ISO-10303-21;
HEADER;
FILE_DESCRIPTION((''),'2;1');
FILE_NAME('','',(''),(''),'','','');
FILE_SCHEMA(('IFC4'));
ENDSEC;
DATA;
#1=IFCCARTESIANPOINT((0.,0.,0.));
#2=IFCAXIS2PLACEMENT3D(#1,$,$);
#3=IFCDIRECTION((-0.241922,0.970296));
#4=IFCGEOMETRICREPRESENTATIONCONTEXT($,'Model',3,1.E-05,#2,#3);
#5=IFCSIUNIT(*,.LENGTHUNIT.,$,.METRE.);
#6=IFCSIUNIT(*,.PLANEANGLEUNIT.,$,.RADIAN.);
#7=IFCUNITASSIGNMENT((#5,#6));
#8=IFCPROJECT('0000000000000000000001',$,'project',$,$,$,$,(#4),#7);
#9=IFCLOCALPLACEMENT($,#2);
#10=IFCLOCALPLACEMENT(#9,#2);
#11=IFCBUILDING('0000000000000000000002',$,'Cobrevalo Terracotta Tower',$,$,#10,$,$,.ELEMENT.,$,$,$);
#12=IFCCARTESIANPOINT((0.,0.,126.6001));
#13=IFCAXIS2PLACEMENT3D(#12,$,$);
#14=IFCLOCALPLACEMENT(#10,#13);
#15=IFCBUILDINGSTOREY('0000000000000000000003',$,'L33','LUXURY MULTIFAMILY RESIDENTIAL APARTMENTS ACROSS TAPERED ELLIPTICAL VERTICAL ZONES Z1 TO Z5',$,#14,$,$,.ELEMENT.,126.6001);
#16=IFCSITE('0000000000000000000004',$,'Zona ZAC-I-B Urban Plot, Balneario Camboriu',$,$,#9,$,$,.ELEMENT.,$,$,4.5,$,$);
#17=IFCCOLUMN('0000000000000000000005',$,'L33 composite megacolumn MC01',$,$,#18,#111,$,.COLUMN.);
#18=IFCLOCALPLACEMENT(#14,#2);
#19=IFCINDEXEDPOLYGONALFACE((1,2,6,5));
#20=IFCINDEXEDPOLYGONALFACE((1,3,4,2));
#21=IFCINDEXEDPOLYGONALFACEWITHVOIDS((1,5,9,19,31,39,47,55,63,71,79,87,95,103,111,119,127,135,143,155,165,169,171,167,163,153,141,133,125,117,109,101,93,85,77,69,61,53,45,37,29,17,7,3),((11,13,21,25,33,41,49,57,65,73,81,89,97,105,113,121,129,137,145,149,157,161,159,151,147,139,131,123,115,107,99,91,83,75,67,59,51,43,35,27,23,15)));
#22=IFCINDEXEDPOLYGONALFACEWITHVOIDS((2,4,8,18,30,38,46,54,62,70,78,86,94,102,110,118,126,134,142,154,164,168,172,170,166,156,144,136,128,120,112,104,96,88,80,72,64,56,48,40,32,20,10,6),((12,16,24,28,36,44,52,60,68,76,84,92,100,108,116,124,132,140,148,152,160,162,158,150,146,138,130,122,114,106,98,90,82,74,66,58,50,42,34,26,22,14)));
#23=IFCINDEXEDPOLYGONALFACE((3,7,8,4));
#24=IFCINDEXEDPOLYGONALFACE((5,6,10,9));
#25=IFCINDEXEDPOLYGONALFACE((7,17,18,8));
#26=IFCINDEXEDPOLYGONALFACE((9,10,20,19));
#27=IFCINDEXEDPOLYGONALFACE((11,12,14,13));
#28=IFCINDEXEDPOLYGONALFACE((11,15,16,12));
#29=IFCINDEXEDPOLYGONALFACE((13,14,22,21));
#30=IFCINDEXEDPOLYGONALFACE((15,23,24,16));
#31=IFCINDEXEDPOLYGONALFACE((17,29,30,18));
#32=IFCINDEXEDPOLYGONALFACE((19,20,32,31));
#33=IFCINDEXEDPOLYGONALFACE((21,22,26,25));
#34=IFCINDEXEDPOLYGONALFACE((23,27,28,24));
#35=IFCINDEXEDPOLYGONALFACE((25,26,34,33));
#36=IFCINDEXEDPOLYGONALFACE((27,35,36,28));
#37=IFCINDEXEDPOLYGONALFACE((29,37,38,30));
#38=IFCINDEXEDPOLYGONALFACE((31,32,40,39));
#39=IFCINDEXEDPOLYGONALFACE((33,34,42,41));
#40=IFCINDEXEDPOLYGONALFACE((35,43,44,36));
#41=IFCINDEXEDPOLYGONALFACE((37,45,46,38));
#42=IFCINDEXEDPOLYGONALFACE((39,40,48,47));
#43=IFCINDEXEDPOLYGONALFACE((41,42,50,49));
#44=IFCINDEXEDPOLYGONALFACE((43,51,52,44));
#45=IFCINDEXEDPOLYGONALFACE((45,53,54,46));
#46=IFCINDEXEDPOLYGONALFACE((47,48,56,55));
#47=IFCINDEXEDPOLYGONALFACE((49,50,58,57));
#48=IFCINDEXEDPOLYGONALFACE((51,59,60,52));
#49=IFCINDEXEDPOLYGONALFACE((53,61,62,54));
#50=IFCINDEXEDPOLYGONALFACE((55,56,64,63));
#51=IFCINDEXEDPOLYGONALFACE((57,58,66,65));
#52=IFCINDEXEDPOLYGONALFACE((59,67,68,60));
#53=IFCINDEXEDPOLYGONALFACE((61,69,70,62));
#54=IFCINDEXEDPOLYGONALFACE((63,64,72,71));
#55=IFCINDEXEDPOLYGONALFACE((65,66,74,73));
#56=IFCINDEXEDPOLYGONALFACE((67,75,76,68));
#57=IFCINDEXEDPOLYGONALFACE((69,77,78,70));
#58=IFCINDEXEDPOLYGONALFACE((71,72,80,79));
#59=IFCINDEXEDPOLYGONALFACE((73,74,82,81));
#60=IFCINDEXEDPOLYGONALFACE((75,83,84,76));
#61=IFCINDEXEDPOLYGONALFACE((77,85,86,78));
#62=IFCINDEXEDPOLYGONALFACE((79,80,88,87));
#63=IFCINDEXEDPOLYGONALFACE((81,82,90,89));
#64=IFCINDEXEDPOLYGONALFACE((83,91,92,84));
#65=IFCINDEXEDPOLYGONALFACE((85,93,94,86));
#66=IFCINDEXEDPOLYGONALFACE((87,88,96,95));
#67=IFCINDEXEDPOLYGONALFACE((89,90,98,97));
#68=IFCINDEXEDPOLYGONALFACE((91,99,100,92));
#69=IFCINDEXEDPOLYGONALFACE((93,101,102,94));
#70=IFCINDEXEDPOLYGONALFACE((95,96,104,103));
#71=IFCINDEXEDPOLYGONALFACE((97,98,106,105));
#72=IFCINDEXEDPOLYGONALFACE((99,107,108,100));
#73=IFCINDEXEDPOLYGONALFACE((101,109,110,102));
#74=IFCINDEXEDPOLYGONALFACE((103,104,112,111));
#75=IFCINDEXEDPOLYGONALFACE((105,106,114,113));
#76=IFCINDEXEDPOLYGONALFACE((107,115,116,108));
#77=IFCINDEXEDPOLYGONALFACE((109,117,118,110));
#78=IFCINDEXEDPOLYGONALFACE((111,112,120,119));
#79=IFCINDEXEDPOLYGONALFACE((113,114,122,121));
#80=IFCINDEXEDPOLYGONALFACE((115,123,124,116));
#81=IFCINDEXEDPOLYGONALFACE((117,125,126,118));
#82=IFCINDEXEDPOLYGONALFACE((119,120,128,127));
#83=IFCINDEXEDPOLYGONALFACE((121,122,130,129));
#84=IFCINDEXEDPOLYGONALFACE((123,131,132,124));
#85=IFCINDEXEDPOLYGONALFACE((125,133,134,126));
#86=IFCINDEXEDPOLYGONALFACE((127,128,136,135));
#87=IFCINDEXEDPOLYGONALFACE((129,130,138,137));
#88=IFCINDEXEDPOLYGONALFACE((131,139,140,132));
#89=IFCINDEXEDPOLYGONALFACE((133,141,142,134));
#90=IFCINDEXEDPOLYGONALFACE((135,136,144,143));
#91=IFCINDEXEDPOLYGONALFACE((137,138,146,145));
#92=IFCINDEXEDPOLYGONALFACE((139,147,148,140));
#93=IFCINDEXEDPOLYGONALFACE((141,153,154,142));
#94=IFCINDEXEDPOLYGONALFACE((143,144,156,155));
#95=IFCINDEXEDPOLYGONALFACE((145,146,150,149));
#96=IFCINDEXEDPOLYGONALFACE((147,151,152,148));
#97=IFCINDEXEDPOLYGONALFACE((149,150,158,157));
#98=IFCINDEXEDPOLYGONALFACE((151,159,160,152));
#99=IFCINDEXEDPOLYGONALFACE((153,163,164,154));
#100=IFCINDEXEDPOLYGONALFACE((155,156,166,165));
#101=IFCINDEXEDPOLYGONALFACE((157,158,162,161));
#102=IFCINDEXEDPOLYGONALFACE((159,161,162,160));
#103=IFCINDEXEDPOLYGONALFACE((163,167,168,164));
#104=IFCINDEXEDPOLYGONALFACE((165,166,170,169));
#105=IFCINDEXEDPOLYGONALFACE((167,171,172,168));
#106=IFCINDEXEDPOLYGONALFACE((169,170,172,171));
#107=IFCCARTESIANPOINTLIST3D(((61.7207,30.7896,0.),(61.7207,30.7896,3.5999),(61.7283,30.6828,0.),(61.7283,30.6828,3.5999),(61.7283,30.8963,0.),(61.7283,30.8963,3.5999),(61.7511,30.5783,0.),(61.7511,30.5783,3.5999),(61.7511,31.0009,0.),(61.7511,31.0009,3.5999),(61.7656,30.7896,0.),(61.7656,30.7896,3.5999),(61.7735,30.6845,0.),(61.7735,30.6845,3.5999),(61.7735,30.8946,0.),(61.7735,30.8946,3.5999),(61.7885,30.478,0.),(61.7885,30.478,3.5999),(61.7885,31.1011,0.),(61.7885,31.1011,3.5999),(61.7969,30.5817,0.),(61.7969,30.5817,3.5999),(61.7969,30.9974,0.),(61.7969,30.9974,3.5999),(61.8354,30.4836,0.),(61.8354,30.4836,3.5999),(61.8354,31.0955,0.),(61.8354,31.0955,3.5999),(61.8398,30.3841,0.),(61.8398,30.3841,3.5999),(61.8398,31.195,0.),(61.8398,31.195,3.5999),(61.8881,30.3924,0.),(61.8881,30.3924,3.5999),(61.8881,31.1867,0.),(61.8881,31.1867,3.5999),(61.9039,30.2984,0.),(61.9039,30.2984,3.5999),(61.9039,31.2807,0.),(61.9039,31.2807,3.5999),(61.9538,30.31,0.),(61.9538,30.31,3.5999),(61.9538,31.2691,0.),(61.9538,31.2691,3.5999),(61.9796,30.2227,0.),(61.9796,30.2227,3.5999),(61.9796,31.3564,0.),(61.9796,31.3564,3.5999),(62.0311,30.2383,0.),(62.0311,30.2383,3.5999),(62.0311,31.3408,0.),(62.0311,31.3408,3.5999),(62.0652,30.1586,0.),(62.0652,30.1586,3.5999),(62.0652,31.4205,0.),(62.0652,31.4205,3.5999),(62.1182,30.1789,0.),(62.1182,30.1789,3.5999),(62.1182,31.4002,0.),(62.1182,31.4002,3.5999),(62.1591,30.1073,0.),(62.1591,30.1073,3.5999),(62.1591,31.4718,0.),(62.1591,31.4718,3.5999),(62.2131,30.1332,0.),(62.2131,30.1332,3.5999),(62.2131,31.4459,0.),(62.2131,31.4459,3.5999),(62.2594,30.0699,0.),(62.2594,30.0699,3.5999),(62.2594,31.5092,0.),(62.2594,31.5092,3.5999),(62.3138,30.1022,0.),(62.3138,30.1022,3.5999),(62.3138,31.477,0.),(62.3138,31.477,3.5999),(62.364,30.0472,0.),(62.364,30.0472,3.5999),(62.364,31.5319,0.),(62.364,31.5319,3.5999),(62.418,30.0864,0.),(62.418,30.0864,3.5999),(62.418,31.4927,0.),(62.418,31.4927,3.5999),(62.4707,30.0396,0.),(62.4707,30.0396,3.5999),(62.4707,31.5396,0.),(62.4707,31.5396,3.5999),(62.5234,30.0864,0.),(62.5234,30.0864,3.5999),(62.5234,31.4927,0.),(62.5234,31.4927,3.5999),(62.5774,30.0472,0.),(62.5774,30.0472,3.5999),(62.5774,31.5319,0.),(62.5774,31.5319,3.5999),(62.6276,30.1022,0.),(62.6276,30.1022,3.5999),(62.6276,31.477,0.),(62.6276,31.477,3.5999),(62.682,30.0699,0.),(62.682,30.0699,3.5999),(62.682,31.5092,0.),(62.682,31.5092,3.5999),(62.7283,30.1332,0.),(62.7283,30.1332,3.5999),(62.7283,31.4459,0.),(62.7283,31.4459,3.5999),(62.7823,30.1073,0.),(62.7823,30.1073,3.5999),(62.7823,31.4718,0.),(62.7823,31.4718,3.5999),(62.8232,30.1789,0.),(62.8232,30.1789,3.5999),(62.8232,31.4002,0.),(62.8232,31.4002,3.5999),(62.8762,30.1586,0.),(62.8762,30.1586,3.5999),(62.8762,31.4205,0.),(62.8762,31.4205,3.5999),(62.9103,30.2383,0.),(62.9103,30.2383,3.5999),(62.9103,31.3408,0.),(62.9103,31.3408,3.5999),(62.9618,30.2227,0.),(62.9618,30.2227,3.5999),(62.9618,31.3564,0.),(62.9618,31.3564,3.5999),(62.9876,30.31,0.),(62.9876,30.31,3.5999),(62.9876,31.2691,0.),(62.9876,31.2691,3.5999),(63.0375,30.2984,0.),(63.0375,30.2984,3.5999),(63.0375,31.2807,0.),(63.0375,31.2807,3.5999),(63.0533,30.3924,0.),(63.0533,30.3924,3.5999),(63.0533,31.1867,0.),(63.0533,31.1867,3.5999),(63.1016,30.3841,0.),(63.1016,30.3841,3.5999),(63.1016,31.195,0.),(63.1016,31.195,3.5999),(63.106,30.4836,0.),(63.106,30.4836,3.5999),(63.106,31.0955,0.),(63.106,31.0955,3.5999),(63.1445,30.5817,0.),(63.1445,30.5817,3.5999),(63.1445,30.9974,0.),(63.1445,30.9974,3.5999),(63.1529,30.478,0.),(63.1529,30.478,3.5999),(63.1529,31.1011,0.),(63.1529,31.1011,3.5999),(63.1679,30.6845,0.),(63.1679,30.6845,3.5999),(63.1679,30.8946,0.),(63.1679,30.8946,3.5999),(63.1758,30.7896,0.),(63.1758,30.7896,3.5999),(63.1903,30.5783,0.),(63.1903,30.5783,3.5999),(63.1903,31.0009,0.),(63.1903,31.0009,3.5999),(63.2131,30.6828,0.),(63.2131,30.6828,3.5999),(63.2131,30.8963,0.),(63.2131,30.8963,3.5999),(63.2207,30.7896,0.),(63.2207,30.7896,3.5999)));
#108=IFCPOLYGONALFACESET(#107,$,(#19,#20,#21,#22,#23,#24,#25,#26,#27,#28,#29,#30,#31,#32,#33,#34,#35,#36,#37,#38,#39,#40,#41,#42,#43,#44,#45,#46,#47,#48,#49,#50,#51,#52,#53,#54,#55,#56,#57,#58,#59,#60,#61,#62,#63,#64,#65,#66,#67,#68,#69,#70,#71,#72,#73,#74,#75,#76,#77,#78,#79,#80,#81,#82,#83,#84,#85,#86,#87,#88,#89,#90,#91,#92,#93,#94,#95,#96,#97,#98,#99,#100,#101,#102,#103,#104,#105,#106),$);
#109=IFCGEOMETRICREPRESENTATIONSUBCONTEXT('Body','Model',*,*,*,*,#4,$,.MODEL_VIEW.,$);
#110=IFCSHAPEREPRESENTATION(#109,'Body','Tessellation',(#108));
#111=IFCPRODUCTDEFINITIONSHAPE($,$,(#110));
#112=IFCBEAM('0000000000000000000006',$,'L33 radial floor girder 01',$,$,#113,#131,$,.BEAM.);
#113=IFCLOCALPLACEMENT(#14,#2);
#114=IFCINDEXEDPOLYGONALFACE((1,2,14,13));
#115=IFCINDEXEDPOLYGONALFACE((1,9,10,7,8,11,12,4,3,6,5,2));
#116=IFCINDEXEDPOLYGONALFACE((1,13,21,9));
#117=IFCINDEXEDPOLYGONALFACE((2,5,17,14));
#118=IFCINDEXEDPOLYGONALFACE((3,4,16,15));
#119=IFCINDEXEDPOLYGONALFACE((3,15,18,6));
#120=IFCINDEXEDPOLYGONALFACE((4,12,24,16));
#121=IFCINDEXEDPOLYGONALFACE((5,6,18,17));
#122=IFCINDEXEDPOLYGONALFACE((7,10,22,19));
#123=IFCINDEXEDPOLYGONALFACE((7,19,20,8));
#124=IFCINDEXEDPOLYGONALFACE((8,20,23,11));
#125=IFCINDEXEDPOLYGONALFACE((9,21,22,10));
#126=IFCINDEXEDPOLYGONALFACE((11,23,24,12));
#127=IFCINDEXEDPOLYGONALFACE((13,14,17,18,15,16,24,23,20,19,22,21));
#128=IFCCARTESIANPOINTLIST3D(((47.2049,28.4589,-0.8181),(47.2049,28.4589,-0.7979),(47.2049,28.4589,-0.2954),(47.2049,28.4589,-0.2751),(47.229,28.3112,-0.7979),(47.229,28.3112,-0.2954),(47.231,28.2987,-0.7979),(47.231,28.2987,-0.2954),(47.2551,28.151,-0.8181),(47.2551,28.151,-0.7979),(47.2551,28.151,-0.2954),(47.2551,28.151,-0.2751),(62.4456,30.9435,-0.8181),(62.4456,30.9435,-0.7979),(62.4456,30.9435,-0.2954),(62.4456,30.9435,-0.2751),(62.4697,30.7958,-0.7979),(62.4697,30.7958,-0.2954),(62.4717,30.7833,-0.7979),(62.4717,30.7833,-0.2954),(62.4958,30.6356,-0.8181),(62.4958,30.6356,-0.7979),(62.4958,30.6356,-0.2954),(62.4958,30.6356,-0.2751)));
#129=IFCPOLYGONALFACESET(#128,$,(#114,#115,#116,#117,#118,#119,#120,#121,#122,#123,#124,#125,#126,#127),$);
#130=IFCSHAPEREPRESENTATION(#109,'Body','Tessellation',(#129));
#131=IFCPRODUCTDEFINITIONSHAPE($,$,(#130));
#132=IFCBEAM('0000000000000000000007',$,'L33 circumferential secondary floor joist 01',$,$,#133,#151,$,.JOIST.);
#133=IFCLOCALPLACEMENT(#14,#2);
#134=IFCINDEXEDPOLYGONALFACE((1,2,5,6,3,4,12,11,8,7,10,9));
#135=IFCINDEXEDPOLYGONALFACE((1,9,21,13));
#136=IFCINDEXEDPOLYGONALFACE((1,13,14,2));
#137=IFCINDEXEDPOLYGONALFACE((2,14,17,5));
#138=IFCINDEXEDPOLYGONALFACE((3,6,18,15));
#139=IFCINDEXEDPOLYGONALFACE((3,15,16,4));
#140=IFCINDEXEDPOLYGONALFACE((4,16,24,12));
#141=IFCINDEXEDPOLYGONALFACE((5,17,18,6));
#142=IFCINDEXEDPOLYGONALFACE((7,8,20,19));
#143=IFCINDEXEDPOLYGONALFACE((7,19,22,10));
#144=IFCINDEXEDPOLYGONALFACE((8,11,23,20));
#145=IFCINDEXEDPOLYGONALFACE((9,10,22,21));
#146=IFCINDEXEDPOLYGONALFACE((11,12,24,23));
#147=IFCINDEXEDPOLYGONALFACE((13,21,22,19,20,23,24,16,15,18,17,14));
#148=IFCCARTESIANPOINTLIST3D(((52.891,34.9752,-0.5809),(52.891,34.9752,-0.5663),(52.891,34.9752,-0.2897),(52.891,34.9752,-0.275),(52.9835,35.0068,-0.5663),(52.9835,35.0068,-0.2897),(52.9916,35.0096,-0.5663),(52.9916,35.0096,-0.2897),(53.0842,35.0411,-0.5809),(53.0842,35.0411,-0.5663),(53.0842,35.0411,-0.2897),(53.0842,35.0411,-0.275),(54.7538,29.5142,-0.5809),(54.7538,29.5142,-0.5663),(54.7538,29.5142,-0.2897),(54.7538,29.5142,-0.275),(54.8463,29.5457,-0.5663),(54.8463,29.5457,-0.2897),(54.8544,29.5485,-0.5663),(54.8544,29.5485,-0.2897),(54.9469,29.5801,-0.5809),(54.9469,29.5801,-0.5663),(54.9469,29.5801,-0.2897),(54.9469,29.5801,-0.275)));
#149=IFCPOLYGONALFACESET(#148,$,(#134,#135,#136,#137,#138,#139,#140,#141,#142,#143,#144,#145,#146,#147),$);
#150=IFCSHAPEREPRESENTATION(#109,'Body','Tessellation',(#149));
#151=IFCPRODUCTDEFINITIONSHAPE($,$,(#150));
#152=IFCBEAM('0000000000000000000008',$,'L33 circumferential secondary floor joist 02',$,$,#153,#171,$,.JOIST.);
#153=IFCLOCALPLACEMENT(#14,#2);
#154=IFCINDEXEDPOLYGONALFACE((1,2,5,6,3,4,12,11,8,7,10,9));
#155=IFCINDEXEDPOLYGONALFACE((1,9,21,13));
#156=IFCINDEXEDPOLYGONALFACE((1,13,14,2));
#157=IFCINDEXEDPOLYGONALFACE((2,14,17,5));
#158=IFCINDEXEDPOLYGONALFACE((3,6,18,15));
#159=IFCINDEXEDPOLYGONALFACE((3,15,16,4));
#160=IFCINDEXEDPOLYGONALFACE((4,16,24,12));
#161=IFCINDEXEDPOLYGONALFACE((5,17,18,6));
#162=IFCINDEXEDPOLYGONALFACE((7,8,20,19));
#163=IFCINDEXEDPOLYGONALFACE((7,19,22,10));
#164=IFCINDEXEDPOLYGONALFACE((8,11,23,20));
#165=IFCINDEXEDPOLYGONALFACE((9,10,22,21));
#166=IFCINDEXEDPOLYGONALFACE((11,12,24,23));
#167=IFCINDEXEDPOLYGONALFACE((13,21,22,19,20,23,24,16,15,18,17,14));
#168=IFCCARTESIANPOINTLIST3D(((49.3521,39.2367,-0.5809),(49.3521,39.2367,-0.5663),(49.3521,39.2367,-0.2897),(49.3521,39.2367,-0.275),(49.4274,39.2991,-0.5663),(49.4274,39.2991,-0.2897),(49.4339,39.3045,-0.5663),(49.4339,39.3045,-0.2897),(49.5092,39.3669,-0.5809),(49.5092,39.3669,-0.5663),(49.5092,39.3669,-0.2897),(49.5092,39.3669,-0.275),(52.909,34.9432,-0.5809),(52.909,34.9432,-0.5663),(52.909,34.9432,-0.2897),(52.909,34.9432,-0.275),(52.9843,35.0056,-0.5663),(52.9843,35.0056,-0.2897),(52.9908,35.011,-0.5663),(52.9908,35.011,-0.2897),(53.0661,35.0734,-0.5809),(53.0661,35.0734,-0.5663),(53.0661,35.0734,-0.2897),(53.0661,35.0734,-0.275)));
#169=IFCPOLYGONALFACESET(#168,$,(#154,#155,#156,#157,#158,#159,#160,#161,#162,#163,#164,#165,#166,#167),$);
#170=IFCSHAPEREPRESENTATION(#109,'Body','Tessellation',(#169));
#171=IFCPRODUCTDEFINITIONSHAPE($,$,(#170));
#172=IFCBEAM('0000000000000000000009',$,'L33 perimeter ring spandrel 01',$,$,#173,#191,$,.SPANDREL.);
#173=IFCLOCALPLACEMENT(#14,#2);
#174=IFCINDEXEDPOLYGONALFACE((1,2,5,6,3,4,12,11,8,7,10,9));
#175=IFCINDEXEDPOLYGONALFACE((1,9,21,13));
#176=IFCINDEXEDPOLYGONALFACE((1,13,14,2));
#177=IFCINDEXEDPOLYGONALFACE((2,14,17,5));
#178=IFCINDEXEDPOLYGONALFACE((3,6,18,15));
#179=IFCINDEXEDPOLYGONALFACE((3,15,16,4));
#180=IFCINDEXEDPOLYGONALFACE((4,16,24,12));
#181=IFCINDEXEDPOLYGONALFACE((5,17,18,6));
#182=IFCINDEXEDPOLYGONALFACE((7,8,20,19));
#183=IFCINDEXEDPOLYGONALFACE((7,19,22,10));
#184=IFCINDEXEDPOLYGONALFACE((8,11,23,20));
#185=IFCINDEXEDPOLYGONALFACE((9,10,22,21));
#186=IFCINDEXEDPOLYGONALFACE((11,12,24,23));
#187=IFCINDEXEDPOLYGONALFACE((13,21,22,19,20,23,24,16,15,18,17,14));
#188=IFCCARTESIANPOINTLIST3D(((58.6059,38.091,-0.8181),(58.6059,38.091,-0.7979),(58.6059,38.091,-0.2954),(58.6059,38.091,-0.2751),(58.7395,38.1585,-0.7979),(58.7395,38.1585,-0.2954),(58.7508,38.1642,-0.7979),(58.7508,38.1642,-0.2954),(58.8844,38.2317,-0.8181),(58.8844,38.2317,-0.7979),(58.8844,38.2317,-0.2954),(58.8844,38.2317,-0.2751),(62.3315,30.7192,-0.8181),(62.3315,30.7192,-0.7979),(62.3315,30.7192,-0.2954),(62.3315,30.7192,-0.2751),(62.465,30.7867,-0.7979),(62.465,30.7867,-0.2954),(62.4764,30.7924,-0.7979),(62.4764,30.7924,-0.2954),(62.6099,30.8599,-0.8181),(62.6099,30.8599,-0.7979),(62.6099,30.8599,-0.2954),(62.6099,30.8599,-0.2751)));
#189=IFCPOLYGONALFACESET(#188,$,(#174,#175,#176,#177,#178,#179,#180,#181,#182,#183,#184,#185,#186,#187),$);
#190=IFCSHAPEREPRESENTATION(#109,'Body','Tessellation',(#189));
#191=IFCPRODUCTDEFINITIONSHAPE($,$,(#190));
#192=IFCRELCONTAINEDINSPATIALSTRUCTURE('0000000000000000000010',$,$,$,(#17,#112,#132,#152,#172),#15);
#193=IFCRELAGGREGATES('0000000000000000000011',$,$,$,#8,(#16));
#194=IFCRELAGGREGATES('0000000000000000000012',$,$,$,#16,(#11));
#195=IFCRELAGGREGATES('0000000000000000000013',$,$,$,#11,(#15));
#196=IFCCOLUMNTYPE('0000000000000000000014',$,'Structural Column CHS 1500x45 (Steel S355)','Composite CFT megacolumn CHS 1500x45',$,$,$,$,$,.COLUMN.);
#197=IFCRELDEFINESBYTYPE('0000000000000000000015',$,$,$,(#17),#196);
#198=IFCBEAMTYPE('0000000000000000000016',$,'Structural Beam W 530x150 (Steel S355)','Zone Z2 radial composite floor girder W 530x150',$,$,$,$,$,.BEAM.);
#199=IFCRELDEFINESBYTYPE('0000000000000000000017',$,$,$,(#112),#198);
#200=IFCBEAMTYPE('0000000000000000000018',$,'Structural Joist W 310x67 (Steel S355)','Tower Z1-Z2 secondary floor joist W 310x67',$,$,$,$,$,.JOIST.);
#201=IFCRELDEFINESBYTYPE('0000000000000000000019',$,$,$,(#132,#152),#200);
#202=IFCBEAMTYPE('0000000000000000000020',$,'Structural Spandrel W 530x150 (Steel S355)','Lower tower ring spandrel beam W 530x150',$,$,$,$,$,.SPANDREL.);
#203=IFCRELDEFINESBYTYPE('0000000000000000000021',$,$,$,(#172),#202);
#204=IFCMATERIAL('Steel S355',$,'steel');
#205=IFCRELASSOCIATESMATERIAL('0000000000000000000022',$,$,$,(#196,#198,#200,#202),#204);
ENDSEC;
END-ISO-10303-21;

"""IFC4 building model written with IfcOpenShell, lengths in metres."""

from ifc_helpers import new_model, si_unit, direction, frame, origin, origin_2d, place, context, subcontext, project, spatial, hollow_circle, i_section, extrude, material, material_profile, profile_set, type_object, element, save


model = new_model("IFC4")

# Units and contexts
model_context = context("Model", 3, precision=1e-05, world=origin(), true_north=direction((-0.241922, 0.970296)))
body_context = subcontext(model_context, "Body", "Model", "MODEL_VIEW")
ifc_project = project(units=[si_unit("LENGTHUNIT", "METRE"), si_unit("PLANEANGLEUNIT", "RADIAN")], contexts=[model_context])

# Site, building, storey
site_placement = place(None, origin())
site = spatial("IfcSite", under=ifc_project, at=site_placement, Name="Zona ZAC-I-B Urban Plot, Balneario Camboriu", CompositionType="ELEMENT", RefElevation=4.5)
building_placement = place(site_placement, origin())
building = spatial("IfcBuilding", under=site, at=building_placement, Name="Cobrevalo Terracotta Tower", CompositionType="ELEMENT")
storey_placement = place(building_placement, frame((0.0, 0.0, 126.6001)))
storey = spatial("IfcBuildingStorey", under=building, at=storey_placement, Name="L33", Description="LUXURY MULTIFAMILY RESIDENTIAL APARTMENTS ACROSS TAPERED ELLIPTICAL VERTICAL ZONES Z1 TO Z5", CompositionType="ELEMENT", Elevation=126.6001)

# Column
ifc_material_1 = material(Name="Steel S355", Category="steel")
ifc_material_profile_1 = material_profile(ifc_material_1, hollow_circle(Radius=0.75, WallThickness=0.0449, at=origin_2d()), Name="CHS 1500x45")
ifc_profile_set_1 = profile_set([ifc_material_profile_1], Name="Steel S355")
column_type = type_object("IfcColumnType", Name="Structural Column CHS 1500x45 (Steel S355)", Description="Composite CFT megacolumn CHS 1500x45", PredefinedType="COLUMN", material=ifc_profile_set_1)
column_placement = place(storey_placement, frame((62.4707, 30.7896, 0.0), z_axis=(0.0, 0.0, 1.0), x_axis=(1.0, 0.0, 0.0)))
element("IfcColumn", 1, at=column_placement, inside=storey, type_object=column_type, Name="L33 composite megacolumn MC01", PredefinedType="COLUMN", context=body_context, shape_type="SweptSolid", body=[
    extrude(hollow_circle(Radius=0.75, WallThickness=0.0449, at=origin_2d()), origin(), (0.0, 0.0, 1.0), 3.5999),
])

# Beams
ifc_material_profile_2 = material_profile(ifc_material_1, i_section(OverallWidth=0.312, OverallDepth=0.543, WebThickness=0.0127, FlangeThickness=0.0203, at=origin_2d()), Name="W 530x150")
ifc_profile_set_2 = profile_set([ifc_material_profile_2], Name="Steel S355")
beam_type_1 = type_object("IfcBeamType", Name="Structural Beam W 530x150 (Steel S355)", Description="Zone Z2 radial composite floor girder W 530x150", PredefinedType="BEAM", material=ifc_profile_set_2)
beam_1_placement = place(storey_placement, frame((62.4707, 30.7896, -0.5466), z_axis=(-0.986971, -0.160901, 0.0), x_axis=(0.160901, -0.986971, 0.0)))
element("IfcBeam", 2, at=beam_1_placement, inside=storey, type_object=beam_type_1, Name="L33 radial floor girder 01", PredefinedType="BEAM", context=body_context, shape_type="SweptSolid", body=[
    extrude(i_section(OverallWidth=0.312, OverallDepth=0.543, WebThickness=0.0127, FlangeThickness=0.0203, at=origin_2d()), origin(), (0.0, 0.0, 1.0), 15.4419),
])
ifc_material_profile_3 = material_profile(ifc_material_1, i_section(OverallWidth=0.2041, OverallDepth=0.3059, WebThickness=0.0085, FlangeThickness=0.0146, at=origin_2d()), Name="W 310x67")
ifc_profile_set_3 = profile_set([ifc_material_profile_3], Name="Steel S355")
beam_type_2 = type_object("IfcBeamType", Name="Structural Joist W 310x67 (Steel S355)", Description="Tower Z1-Z2 secondary floor joist W 310x67", PredefinedType="JOIST", material=ifc_profile_set_3)
beam_2_placement = place(storey_placement, frame((54.8503, 29.5471, -0.428), z_axis=(-0.322833, 0.946456, 0.0), x_axis=(-0.946456, -0.322833, 0.0)))
element("IfcBeam", 3, at=beam_2_placement, inside=storey, type_object=beam_type_2, Name="L33 circumferential secondary floor joist 01", PredefinedType="JOIST", context=body_context, shape_type="SweptSolid", body=[
    extrude(i_section(OverallWidth=0.2041, OverallDepth=0.3059, WebThickness=0.0085, FlangeThickness=0.0146, at=origin_2d()), origin(), (0.0, 0.0, 1.0), 5.77),
])
beam_3_placement = place(storey_placement, frame((52.9875, 35.0083, -0.428), z_axis=(-0.637959, 0.77007, 0.0), x_axis=(-0.77007, -0.637959, 0.0)))
element("IfcBeam", 4, at=beam_3_placement, inside=storey, type_object=beam_type_2, Name="L33 circumferential secondary floor joist 02", PredefinedType="JOIST", context=body_context, shape_type="SweptSolid", body=[
    extrude(i_section(OverallWidth=0.2041, OverallDepth=0.3059, WebThickness=0.0085, FlangeThickness=0.0146, at=origin_2d()), origin(), (0.0, 0.0, 1.0), 5.5754),
])
ifc_material_profile_4 = material_profile(ifc_material_1, i_section(OverallWidth=0.312, OverallDepth=0.543, WebThickness=0.0127, FlangeThickness=0.0203, at=origin_2d()), Name="W 530x150")
ifc_profile_set_4 = profile_set([ifc_material_profile_4], Name="Steel S355")
beam_type_3 = type_object("IfcBeamType", Name="Structural Spandrel W 530x150 (Steel S355)", Description="Lower tower ring spandrel beam W 530x150", PredefinedType="SPANDREL", material=ifc_profile_set_4)
beam_4_placement = place(storey_placement, frame((62.4707, 30.7896, -0.5466), z_axis=(-0.451052, 0.892498, 0.0), x_axis=(-0.892498, -0.451052, 0.0)))
element("IfcBeam", 5, at=beam_4_placement, inside=storey, type_object=beam_type_3, Name="L33 perimeter ring spandrel 01", PredefinedType="SPANDREL", context=body_context, shape_type="SweptSolid", body=[
    extrude(i_section(OverallWidth=0.312, OverallDepth=0.543, WebThickness=0.0127, FlangeThickness=0.0203, at=origin_2d()), origin(), (0.0, 0.0, 1.0), 8.2598),
])

save(model, "model.ifc")
